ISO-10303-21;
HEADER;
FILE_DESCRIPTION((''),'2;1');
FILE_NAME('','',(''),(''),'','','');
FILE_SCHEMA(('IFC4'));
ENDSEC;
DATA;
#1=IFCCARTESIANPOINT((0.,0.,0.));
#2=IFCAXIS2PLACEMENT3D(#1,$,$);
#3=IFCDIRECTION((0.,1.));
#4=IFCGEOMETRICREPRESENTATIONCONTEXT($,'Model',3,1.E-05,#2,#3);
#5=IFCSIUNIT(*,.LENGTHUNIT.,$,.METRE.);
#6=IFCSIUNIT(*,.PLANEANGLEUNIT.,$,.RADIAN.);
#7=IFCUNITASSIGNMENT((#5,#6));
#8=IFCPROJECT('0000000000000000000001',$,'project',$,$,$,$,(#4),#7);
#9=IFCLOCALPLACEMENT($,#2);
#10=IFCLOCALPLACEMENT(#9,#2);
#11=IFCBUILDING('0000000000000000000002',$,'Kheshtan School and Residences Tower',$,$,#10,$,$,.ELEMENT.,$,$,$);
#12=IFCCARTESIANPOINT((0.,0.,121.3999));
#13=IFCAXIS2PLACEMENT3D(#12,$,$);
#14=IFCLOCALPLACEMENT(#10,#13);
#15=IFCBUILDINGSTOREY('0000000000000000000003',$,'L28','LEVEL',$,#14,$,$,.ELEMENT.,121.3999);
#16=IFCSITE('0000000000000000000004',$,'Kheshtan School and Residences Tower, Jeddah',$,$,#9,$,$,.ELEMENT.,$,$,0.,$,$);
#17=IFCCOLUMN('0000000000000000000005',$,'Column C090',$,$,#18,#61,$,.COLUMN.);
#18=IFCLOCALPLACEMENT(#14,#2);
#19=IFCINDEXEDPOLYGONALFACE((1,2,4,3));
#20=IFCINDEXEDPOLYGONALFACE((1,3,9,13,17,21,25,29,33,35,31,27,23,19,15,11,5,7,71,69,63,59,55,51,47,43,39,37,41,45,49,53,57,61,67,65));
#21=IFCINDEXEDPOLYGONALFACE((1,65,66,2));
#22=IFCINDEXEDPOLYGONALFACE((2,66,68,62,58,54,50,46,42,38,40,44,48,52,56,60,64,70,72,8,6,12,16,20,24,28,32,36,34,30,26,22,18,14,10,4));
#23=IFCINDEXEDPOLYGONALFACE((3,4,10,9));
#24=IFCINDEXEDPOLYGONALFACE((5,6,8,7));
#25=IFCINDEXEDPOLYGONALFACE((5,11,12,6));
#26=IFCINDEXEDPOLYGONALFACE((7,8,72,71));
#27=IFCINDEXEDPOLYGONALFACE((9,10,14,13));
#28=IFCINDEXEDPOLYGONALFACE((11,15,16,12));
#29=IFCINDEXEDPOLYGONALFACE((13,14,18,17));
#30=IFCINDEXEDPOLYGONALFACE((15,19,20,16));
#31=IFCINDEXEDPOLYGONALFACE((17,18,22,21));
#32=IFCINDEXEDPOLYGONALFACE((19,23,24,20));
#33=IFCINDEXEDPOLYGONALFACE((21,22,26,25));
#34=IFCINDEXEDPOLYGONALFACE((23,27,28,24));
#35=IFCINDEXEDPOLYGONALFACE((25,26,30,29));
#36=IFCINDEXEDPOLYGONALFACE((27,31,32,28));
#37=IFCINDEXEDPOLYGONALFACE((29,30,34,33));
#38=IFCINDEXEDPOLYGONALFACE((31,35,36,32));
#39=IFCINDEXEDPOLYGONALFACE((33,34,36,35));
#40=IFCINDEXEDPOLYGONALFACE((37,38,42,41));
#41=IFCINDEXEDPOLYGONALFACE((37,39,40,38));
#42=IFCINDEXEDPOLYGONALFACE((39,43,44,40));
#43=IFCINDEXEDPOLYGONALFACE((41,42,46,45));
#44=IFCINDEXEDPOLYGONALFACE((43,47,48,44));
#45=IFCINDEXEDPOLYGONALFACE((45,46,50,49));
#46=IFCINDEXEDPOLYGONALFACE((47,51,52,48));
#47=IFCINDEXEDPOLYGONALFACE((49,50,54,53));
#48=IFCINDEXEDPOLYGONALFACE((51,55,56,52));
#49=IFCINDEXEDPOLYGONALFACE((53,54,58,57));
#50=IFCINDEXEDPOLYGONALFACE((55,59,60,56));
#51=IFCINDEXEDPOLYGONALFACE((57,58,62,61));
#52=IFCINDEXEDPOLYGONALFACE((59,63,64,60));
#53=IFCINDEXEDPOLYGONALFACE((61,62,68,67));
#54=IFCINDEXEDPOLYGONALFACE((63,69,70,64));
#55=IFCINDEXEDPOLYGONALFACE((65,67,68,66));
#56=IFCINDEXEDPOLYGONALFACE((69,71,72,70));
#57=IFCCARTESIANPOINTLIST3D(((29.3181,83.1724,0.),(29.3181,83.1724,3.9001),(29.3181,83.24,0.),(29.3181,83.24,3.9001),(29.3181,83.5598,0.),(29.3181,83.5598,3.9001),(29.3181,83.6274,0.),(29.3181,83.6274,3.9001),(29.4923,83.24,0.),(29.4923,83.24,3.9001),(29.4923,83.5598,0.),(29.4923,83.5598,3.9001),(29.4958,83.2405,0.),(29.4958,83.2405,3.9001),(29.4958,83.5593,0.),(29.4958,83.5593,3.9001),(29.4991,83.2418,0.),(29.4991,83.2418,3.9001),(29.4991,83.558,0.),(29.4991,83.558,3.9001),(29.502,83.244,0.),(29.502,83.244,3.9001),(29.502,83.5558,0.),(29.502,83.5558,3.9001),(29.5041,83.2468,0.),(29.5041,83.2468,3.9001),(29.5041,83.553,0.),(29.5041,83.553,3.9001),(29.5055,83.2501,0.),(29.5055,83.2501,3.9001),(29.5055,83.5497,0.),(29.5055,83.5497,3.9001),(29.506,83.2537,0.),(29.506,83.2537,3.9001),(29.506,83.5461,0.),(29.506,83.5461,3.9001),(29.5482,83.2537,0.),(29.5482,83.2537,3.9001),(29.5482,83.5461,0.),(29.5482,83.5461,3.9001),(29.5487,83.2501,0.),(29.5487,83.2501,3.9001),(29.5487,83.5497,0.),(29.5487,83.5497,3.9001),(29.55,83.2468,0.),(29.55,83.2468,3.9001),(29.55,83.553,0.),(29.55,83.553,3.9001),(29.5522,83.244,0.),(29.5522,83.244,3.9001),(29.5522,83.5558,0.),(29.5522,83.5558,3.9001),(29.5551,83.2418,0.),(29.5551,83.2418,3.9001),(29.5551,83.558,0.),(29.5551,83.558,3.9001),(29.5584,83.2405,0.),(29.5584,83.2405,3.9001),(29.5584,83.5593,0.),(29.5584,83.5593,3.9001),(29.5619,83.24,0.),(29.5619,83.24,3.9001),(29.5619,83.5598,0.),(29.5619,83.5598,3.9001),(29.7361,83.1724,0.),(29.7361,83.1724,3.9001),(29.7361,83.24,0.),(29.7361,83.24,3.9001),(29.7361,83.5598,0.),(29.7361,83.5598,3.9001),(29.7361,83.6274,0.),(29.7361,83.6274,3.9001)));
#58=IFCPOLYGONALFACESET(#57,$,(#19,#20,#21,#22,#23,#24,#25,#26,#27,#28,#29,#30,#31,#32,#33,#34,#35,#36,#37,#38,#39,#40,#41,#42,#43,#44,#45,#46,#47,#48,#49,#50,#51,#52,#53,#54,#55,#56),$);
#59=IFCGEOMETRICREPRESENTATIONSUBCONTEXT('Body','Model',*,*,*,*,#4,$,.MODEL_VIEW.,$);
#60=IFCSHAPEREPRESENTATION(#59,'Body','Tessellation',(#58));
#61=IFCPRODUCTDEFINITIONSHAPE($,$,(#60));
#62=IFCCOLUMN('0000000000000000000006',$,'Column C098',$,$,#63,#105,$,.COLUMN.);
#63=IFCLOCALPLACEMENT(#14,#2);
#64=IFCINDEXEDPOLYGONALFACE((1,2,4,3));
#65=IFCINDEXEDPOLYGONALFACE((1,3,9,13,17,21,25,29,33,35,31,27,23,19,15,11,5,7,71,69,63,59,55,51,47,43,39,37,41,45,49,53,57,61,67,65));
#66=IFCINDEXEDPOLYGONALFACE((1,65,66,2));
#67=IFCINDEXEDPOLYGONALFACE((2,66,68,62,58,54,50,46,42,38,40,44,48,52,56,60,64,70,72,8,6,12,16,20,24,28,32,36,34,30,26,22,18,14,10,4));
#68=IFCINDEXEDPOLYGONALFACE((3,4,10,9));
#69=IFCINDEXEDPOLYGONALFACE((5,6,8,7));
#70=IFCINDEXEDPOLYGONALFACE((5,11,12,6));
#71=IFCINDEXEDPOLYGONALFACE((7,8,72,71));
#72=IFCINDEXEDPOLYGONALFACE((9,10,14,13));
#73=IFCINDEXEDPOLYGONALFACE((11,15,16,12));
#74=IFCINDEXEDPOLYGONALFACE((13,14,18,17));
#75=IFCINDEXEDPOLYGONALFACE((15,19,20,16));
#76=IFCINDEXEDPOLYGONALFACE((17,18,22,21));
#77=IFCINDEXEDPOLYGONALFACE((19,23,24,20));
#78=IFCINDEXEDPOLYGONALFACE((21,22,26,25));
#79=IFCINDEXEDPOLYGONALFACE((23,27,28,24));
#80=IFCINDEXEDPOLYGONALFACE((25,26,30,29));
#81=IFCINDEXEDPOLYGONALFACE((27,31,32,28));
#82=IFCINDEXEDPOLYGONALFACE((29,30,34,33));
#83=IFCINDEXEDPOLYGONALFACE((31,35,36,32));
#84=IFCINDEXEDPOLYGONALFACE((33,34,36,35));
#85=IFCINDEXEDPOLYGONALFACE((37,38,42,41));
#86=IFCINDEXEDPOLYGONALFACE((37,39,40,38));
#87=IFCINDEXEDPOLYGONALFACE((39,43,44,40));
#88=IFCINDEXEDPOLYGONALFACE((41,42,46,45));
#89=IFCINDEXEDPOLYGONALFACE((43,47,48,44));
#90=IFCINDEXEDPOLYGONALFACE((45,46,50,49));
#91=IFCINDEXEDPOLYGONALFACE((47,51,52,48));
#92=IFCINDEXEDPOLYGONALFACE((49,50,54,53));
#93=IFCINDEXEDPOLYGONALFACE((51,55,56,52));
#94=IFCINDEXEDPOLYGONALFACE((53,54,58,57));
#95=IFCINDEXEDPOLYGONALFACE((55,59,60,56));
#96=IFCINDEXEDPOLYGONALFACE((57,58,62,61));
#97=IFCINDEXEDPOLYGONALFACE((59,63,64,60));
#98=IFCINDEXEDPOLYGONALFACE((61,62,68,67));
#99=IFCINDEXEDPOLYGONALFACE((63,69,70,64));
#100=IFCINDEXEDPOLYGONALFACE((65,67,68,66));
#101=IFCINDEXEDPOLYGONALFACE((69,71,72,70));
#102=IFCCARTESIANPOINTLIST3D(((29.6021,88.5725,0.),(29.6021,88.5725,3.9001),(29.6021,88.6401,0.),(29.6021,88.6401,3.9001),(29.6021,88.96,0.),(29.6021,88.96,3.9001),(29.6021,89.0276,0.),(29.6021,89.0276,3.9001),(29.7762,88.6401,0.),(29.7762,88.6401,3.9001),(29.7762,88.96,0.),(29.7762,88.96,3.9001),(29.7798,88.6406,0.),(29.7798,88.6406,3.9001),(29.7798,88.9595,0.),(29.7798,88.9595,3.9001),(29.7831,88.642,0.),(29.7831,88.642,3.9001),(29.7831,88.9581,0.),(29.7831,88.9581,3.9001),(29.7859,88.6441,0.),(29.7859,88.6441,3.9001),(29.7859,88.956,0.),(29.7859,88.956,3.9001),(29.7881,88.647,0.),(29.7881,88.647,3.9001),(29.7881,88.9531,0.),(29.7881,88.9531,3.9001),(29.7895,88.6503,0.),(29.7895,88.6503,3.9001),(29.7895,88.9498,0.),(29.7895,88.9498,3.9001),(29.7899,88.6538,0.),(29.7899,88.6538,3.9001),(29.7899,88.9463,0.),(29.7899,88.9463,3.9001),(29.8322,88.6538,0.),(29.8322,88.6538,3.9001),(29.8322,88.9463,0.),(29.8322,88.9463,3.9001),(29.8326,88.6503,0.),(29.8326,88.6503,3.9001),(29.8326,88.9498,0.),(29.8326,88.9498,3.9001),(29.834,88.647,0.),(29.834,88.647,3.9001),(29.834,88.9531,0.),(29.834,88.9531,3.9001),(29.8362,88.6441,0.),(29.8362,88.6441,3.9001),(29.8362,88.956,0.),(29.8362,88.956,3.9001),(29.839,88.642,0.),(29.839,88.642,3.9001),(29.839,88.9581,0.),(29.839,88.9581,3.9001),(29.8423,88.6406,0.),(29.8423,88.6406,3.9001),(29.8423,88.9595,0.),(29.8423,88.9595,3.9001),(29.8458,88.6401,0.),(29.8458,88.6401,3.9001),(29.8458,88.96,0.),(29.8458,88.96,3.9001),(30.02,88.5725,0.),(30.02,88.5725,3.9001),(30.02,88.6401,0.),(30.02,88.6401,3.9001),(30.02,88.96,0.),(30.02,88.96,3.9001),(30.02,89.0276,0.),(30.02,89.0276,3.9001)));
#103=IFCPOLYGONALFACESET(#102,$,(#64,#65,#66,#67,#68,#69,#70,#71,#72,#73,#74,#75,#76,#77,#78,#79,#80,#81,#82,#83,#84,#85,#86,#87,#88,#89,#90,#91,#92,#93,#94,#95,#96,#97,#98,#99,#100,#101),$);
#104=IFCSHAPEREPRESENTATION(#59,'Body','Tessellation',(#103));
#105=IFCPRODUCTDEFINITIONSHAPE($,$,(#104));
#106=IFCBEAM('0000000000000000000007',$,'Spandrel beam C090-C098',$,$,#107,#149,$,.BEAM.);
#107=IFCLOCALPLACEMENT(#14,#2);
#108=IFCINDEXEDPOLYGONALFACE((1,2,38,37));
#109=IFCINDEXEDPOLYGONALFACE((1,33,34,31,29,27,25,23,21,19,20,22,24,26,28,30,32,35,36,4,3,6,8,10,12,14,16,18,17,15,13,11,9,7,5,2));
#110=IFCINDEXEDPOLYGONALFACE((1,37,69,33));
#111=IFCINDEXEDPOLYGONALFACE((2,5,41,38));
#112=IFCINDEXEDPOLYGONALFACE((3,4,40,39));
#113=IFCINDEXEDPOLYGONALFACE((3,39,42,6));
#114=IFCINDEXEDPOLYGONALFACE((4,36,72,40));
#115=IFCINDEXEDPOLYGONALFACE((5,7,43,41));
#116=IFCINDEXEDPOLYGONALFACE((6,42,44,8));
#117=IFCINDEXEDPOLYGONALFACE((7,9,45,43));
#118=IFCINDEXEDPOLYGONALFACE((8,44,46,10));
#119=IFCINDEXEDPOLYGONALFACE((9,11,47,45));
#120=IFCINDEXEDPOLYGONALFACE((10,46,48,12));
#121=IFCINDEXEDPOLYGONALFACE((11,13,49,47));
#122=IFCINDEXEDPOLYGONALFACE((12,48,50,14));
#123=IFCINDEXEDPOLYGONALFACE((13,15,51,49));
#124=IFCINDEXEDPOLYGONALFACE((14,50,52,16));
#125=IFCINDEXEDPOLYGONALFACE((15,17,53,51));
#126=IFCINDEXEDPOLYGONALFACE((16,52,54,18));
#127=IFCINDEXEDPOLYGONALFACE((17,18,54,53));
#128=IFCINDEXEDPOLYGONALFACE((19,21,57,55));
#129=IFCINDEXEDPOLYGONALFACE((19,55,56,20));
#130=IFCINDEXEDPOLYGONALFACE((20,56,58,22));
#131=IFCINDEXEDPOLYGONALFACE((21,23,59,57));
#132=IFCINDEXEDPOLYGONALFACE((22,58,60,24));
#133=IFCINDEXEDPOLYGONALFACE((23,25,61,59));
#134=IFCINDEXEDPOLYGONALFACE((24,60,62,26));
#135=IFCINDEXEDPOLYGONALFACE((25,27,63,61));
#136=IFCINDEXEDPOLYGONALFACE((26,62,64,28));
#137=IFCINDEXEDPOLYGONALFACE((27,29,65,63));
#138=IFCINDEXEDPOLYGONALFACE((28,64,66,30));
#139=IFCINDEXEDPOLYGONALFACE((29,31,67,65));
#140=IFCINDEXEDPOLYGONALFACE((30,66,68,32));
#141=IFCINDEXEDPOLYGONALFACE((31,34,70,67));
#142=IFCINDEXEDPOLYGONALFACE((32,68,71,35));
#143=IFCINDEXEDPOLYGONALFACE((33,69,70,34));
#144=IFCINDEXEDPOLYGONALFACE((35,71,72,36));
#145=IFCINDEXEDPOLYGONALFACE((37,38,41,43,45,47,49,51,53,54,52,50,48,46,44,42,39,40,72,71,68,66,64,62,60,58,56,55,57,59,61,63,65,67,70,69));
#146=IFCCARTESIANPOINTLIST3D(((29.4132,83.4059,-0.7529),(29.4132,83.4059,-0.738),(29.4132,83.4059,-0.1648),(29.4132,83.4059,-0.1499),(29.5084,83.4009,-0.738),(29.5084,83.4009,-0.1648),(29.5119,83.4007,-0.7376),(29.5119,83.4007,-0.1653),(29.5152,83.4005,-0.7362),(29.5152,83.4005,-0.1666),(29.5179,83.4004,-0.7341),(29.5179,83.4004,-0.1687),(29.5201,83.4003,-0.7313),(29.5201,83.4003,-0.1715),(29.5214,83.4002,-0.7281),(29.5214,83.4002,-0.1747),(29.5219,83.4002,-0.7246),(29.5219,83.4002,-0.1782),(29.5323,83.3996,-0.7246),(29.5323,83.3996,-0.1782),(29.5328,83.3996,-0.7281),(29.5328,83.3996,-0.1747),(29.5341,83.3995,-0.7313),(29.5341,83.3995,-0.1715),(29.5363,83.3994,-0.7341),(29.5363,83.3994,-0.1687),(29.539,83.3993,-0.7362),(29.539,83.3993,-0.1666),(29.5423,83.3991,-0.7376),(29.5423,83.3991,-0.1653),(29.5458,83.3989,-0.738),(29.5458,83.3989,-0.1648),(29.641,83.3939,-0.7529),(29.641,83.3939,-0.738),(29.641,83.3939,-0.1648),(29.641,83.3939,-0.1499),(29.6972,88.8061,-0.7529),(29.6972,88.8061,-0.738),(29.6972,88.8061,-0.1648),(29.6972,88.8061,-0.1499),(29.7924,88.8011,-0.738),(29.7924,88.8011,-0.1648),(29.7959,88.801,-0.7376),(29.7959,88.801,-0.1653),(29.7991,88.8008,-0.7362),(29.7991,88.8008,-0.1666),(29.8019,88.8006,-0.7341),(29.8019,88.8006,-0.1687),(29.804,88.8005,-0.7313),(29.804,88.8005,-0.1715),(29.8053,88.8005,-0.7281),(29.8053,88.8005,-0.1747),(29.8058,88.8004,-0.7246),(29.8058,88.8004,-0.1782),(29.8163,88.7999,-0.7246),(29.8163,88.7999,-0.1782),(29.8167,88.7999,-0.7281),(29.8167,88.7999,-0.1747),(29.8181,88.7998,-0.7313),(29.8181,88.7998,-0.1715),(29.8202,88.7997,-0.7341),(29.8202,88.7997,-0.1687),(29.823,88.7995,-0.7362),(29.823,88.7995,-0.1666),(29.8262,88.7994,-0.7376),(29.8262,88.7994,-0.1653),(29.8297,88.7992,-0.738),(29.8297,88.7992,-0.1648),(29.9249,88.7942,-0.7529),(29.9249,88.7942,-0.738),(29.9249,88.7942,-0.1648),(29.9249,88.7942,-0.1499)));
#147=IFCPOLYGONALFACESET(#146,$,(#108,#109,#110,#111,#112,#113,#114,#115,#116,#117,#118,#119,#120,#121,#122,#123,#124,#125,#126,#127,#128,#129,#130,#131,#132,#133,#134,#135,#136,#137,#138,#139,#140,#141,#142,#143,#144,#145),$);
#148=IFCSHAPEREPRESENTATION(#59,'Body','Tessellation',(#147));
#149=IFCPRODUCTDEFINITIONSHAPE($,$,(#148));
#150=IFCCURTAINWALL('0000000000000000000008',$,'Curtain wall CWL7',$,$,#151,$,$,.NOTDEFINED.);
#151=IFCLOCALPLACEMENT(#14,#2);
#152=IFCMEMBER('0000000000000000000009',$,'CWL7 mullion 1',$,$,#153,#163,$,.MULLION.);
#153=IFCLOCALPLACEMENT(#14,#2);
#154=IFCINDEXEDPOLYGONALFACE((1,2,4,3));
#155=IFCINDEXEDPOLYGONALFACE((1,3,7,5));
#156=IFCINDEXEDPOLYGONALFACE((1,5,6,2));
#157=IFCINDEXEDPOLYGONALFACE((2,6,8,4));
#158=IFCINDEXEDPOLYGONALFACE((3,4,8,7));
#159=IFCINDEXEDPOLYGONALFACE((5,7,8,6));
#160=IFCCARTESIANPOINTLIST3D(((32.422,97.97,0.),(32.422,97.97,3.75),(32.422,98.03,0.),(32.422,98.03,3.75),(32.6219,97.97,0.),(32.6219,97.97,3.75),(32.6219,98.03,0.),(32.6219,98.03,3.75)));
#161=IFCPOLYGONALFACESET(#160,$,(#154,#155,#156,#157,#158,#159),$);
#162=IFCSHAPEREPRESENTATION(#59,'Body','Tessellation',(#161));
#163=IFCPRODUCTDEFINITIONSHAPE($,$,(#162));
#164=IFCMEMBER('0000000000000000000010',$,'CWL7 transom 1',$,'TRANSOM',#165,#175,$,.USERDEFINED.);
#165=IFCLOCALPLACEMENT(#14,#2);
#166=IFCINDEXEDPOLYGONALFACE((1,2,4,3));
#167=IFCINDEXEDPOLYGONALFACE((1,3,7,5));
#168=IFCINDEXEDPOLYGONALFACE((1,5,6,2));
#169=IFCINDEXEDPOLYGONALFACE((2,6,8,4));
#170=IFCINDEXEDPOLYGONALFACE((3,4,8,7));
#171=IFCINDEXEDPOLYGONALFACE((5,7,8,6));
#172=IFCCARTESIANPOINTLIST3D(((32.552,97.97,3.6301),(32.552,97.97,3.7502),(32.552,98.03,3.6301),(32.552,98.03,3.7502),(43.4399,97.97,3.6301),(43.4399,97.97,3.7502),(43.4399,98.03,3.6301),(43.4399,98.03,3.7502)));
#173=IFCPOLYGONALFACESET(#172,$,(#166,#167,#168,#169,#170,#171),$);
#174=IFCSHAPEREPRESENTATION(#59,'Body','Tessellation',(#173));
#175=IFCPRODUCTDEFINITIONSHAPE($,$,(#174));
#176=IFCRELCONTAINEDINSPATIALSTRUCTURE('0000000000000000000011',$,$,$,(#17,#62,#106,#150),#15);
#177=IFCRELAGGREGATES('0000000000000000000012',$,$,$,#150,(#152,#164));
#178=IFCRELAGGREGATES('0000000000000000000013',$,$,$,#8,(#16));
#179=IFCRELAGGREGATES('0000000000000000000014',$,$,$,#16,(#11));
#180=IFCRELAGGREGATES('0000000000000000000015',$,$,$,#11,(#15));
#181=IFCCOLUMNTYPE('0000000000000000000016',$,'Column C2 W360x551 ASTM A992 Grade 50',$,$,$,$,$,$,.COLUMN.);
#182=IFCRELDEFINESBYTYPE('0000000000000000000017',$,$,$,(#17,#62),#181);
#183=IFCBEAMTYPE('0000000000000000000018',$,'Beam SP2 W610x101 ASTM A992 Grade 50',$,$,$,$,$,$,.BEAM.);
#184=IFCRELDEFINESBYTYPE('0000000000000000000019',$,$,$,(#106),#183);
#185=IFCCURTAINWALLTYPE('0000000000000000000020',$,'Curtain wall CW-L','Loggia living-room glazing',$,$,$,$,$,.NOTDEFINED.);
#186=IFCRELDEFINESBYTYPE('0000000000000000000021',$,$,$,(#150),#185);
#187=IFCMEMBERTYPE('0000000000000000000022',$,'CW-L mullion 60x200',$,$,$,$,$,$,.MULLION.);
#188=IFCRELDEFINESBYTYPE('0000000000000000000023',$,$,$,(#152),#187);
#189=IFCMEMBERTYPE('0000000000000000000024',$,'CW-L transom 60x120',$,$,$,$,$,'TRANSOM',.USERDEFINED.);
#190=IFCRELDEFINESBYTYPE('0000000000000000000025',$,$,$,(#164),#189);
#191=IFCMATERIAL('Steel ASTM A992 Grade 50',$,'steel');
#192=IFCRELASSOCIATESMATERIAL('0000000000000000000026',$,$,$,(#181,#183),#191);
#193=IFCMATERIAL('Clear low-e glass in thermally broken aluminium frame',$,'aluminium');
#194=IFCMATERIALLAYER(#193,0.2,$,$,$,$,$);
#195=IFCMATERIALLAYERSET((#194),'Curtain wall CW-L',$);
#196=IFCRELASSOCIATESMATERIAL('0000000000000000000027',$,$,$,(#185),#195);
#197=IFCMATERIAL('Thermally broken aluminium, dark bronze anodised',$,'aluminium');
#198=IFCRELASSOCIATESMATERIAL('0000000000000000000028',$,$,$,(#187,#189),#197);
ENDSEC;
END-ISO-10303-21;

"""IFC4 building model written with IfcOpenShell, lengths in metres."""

from ifc_helpers import new_model, si_unit, direction, frame, origin, origin_2d, place, context, subcontext, project, spatial, rectangle, i_section, extrude, material, layer, layer_set, material_profile, profile_set, type_object, element, aggregate, save


model = new_model("IFC4")

# Units and contexts
model_context = context("Model", 3, precision=1e-05, world=origin(), true_north=direction((0.0, 1.0)))
body_context = subcontext(model_context, "Body", "Model", "MODEL_VIEW")
ifc_project = project(units=[si_unit("LENGTHUNIT", "METRE"), si_unit("PLANEANGLEUNIT", "RADIAN")], contexts=[model_context])

# Site, building, storey
site_placement = place(None, origin())
site = spatial("IfcSite", under=ifc_project, at=site_placement, Name="Kheshtan School and Residences Tower, Jeddah", CompositionType="ELEMENT", RefElevation=0.0)
building_placement = place(site_placement, origin())
building = spatial("IfcBuilding", under=site, at=building_placement, Name="Kheshtan School and Residences Tower", CompositionType="ELEMENT")
storey_placement = place(building_placement, frame((0.0, 0.0, 121.3999)))
storey = spatial("IfcBuildingStorey", under=building, at=storey_placement, Name="L28", Description="LEVEL", CompositionType="ELEMENT", Elevation=121.3999)

# Columns
ifc_material_1 = material(Name="Steel ASTM A992 Grade 50", Category="steel")
ifc_material_profile_1 = material_profile(ifc_material_1, i_section(OverallWidth=0.418, OverallDepth=0.4551, WebThickness=0.0422, FlangeThickness=0.0676, FilletRadius=0.0137, at=origin_2d()), Name="W360x551")
ifc_profile_set_1 = profile_set([ifc_material_profile_1], Name="Steel ASTM A992 Grade 50")
column_type = type_object("IfcColumnType", Name="Column C2 W360x551 ASTM A992 Grade 50", PredefinedType="COLUMN", material=ifc_profile_set_1)
for number, where, z_axis, x_axis, name in (
    (1, (29.5271, 83.3999, 0.0), (0.0, 0.0, 1.0), (1.0, 0.0, 0.0), "Column C090"),
    (2, (29.811, 88.8, 0.0), (0.0, 0.0, 1.0), (1.0, 0.0, 0.0), "Column C098"),
):
    element("IfcColumn", number, at=place(storey_placement, frame(where, z_axis=z_axis, x_axis=x_axis)), inside=storey, type_object=column_type, Name=name, PredefinedType="COLUMN", context=body_context, shape_type="SweptSolid", body=[
        extrude(i_section(OverallWidth=0.418, OverallDepth=0.4551, WebThickness=0.0422, FlangeThickness=0.0676, FilletRadius=0.0137, at=origin_2d()), origin(), (0.0, 0.0, 1.0), 3.9001),
    ])

# Beam
ifc_material_profile_2 = material_profile(ifc_material_1, i_section(OverallWidth=0.228, OverallDepth=0.603, WebThickness=0.0105, FlangeThickness=0.0149, FilletRadius=0.0134, at=origin_2d()), Name="W610x101")
ifc_profile_set_2 = profile_set([ifc_material_profile_2], Name="Steel ASTM A992 Grade 50")
beam_type_1 = type_object("IfcBeamType", Name="Beam SP2 W610x101 ASTM A992 Grade 50", PredefinedType="BEAM", material=ifc_profile_set_2)
beam_1_placement = place(storey_placement, frame((29.5271, 83.3999, -0.4514), z_axis=(0.052507, 0.998621, 0.0), x_axis=(-0.998621, 0.052507, 0.0)))
element("IfcBeam", 3, at=beam_1_placement, inside=storey, type_object=beam_type_1, Name="Spandrel beam C090-C098", PredefinedType="BEAM", context=body_context, shape_type="SweptSolid", body=[
    extrude(i_section(OverallWidth=0.228, OverallDepth=0.603, WebThickness=0.0105, FlangeThickness=0.0149, FilletRadius=0.0134, at=origin_2d()), origin(), (0.0, 0.0, 1.0), 5.4077),
])

# Curtain wall, members
ifc_material_2 = material(Name="Clear low-e glass in thermally broken aluminium frame", Category="aluminium")
ifc_layer_1 = layer(ifc_material_2, 0.2)
ifc_layer_set_1 = layer_set([ifc_layer_1], Name="Curtain wall CW-L")
curtain_wall_type = type_object("IfcCurtainWallType", Name="Curtain wall CW-L", Description="Loggia living-room glazing", PredefinedType="NOTDEFINED", material=ifc_layer_set_1)
curtain_wall_placement = place(storey_placement, origin())
curtain_wall = element("IfcCurtainWall", 4, at=curtain_wall_placement, inside=storey, type_object=curtain_wall_type, Name="Curtain wall CWL7", PredefinedType="NOTDEFINED")
ifc_material_3 = material(Name="Thermally broken aluminium, dark bronze anodised", Category="aluminium")
ifc_material_profile_3 = material_profile(ifc_material_3, rectangle(XDim=0.0601, YDim=0.2, at=origin_2d()), Name="CW-L mullion 60x200")
ifc_profile_set_3 = profile_set([ifc_material_profile_3], Name="Thermally broken aluminium, dark bronze anodised")
member_type_1 = type_object("IfcMemberType", Name="CW-L mullion 60x200", PredefinedType="MULLION", material=ifc_profile_set_3)
member_1_placement = place(storey_placement, frame((32.522, 98.0, 0.0), z_axis=(0.0, 0.0, 1.0), x_axis=(0.0, 1.0, 0.0)))
member_1 = element("IfcMember", 5, at=member_1_placement, type_object=member_type_1, Name="CWL7 mullion 1", PredefinedType="MULLION", context=body_context, shape_type="SweptSolid", body=[
    extrude(rectangle(XDim=0.0601, YDim=0.2, at=origin_2d()), origin(), (0.0, 0.0, 1.0), 3.75),
])
ifc_material_profile_4 = material_profile(ifc_material_3, rectangle(XDim=0.0601, YDim=0.1201, at=origin_2d()), Name="CW-L transom 60x120")
ifc_profile_set_4 = profile_set([ifc_material_profile_4], Name="Thermally broken aluminium, dark bronze anodised")
member_type_2 = type_object("IfcMemberType", Name="CW-L transom 60x120", ElementType="TRANSOM", PredefinedType="USERDEFINED", material=ifc_profile_set_4)
member_2_placement = place(storey_placement, frame((32.552, 98.0, 3.6902), z_axis=(1.0, 0.0, 0.0), x_axis=(0.0, 1.0, 0.0)))
member_2 = element("IfcMember", 6, at=member_2_placement, type_object=member_type_2, Name="CWL7 transom 1", ObjectType="TRANSOM", PredefinedType="USERDEFINED", context=body_context, shape_type="SweptSolid", body=[
    extrude(rectangle(XDim=0.0601, YDim=0.1201, at=origin_2d()), origin(), (0.0, 0.0, 1.0), 10.8879),
])

aggregate(curtain_wall, [member_1, member_2])

save(model, "model.ifc")
